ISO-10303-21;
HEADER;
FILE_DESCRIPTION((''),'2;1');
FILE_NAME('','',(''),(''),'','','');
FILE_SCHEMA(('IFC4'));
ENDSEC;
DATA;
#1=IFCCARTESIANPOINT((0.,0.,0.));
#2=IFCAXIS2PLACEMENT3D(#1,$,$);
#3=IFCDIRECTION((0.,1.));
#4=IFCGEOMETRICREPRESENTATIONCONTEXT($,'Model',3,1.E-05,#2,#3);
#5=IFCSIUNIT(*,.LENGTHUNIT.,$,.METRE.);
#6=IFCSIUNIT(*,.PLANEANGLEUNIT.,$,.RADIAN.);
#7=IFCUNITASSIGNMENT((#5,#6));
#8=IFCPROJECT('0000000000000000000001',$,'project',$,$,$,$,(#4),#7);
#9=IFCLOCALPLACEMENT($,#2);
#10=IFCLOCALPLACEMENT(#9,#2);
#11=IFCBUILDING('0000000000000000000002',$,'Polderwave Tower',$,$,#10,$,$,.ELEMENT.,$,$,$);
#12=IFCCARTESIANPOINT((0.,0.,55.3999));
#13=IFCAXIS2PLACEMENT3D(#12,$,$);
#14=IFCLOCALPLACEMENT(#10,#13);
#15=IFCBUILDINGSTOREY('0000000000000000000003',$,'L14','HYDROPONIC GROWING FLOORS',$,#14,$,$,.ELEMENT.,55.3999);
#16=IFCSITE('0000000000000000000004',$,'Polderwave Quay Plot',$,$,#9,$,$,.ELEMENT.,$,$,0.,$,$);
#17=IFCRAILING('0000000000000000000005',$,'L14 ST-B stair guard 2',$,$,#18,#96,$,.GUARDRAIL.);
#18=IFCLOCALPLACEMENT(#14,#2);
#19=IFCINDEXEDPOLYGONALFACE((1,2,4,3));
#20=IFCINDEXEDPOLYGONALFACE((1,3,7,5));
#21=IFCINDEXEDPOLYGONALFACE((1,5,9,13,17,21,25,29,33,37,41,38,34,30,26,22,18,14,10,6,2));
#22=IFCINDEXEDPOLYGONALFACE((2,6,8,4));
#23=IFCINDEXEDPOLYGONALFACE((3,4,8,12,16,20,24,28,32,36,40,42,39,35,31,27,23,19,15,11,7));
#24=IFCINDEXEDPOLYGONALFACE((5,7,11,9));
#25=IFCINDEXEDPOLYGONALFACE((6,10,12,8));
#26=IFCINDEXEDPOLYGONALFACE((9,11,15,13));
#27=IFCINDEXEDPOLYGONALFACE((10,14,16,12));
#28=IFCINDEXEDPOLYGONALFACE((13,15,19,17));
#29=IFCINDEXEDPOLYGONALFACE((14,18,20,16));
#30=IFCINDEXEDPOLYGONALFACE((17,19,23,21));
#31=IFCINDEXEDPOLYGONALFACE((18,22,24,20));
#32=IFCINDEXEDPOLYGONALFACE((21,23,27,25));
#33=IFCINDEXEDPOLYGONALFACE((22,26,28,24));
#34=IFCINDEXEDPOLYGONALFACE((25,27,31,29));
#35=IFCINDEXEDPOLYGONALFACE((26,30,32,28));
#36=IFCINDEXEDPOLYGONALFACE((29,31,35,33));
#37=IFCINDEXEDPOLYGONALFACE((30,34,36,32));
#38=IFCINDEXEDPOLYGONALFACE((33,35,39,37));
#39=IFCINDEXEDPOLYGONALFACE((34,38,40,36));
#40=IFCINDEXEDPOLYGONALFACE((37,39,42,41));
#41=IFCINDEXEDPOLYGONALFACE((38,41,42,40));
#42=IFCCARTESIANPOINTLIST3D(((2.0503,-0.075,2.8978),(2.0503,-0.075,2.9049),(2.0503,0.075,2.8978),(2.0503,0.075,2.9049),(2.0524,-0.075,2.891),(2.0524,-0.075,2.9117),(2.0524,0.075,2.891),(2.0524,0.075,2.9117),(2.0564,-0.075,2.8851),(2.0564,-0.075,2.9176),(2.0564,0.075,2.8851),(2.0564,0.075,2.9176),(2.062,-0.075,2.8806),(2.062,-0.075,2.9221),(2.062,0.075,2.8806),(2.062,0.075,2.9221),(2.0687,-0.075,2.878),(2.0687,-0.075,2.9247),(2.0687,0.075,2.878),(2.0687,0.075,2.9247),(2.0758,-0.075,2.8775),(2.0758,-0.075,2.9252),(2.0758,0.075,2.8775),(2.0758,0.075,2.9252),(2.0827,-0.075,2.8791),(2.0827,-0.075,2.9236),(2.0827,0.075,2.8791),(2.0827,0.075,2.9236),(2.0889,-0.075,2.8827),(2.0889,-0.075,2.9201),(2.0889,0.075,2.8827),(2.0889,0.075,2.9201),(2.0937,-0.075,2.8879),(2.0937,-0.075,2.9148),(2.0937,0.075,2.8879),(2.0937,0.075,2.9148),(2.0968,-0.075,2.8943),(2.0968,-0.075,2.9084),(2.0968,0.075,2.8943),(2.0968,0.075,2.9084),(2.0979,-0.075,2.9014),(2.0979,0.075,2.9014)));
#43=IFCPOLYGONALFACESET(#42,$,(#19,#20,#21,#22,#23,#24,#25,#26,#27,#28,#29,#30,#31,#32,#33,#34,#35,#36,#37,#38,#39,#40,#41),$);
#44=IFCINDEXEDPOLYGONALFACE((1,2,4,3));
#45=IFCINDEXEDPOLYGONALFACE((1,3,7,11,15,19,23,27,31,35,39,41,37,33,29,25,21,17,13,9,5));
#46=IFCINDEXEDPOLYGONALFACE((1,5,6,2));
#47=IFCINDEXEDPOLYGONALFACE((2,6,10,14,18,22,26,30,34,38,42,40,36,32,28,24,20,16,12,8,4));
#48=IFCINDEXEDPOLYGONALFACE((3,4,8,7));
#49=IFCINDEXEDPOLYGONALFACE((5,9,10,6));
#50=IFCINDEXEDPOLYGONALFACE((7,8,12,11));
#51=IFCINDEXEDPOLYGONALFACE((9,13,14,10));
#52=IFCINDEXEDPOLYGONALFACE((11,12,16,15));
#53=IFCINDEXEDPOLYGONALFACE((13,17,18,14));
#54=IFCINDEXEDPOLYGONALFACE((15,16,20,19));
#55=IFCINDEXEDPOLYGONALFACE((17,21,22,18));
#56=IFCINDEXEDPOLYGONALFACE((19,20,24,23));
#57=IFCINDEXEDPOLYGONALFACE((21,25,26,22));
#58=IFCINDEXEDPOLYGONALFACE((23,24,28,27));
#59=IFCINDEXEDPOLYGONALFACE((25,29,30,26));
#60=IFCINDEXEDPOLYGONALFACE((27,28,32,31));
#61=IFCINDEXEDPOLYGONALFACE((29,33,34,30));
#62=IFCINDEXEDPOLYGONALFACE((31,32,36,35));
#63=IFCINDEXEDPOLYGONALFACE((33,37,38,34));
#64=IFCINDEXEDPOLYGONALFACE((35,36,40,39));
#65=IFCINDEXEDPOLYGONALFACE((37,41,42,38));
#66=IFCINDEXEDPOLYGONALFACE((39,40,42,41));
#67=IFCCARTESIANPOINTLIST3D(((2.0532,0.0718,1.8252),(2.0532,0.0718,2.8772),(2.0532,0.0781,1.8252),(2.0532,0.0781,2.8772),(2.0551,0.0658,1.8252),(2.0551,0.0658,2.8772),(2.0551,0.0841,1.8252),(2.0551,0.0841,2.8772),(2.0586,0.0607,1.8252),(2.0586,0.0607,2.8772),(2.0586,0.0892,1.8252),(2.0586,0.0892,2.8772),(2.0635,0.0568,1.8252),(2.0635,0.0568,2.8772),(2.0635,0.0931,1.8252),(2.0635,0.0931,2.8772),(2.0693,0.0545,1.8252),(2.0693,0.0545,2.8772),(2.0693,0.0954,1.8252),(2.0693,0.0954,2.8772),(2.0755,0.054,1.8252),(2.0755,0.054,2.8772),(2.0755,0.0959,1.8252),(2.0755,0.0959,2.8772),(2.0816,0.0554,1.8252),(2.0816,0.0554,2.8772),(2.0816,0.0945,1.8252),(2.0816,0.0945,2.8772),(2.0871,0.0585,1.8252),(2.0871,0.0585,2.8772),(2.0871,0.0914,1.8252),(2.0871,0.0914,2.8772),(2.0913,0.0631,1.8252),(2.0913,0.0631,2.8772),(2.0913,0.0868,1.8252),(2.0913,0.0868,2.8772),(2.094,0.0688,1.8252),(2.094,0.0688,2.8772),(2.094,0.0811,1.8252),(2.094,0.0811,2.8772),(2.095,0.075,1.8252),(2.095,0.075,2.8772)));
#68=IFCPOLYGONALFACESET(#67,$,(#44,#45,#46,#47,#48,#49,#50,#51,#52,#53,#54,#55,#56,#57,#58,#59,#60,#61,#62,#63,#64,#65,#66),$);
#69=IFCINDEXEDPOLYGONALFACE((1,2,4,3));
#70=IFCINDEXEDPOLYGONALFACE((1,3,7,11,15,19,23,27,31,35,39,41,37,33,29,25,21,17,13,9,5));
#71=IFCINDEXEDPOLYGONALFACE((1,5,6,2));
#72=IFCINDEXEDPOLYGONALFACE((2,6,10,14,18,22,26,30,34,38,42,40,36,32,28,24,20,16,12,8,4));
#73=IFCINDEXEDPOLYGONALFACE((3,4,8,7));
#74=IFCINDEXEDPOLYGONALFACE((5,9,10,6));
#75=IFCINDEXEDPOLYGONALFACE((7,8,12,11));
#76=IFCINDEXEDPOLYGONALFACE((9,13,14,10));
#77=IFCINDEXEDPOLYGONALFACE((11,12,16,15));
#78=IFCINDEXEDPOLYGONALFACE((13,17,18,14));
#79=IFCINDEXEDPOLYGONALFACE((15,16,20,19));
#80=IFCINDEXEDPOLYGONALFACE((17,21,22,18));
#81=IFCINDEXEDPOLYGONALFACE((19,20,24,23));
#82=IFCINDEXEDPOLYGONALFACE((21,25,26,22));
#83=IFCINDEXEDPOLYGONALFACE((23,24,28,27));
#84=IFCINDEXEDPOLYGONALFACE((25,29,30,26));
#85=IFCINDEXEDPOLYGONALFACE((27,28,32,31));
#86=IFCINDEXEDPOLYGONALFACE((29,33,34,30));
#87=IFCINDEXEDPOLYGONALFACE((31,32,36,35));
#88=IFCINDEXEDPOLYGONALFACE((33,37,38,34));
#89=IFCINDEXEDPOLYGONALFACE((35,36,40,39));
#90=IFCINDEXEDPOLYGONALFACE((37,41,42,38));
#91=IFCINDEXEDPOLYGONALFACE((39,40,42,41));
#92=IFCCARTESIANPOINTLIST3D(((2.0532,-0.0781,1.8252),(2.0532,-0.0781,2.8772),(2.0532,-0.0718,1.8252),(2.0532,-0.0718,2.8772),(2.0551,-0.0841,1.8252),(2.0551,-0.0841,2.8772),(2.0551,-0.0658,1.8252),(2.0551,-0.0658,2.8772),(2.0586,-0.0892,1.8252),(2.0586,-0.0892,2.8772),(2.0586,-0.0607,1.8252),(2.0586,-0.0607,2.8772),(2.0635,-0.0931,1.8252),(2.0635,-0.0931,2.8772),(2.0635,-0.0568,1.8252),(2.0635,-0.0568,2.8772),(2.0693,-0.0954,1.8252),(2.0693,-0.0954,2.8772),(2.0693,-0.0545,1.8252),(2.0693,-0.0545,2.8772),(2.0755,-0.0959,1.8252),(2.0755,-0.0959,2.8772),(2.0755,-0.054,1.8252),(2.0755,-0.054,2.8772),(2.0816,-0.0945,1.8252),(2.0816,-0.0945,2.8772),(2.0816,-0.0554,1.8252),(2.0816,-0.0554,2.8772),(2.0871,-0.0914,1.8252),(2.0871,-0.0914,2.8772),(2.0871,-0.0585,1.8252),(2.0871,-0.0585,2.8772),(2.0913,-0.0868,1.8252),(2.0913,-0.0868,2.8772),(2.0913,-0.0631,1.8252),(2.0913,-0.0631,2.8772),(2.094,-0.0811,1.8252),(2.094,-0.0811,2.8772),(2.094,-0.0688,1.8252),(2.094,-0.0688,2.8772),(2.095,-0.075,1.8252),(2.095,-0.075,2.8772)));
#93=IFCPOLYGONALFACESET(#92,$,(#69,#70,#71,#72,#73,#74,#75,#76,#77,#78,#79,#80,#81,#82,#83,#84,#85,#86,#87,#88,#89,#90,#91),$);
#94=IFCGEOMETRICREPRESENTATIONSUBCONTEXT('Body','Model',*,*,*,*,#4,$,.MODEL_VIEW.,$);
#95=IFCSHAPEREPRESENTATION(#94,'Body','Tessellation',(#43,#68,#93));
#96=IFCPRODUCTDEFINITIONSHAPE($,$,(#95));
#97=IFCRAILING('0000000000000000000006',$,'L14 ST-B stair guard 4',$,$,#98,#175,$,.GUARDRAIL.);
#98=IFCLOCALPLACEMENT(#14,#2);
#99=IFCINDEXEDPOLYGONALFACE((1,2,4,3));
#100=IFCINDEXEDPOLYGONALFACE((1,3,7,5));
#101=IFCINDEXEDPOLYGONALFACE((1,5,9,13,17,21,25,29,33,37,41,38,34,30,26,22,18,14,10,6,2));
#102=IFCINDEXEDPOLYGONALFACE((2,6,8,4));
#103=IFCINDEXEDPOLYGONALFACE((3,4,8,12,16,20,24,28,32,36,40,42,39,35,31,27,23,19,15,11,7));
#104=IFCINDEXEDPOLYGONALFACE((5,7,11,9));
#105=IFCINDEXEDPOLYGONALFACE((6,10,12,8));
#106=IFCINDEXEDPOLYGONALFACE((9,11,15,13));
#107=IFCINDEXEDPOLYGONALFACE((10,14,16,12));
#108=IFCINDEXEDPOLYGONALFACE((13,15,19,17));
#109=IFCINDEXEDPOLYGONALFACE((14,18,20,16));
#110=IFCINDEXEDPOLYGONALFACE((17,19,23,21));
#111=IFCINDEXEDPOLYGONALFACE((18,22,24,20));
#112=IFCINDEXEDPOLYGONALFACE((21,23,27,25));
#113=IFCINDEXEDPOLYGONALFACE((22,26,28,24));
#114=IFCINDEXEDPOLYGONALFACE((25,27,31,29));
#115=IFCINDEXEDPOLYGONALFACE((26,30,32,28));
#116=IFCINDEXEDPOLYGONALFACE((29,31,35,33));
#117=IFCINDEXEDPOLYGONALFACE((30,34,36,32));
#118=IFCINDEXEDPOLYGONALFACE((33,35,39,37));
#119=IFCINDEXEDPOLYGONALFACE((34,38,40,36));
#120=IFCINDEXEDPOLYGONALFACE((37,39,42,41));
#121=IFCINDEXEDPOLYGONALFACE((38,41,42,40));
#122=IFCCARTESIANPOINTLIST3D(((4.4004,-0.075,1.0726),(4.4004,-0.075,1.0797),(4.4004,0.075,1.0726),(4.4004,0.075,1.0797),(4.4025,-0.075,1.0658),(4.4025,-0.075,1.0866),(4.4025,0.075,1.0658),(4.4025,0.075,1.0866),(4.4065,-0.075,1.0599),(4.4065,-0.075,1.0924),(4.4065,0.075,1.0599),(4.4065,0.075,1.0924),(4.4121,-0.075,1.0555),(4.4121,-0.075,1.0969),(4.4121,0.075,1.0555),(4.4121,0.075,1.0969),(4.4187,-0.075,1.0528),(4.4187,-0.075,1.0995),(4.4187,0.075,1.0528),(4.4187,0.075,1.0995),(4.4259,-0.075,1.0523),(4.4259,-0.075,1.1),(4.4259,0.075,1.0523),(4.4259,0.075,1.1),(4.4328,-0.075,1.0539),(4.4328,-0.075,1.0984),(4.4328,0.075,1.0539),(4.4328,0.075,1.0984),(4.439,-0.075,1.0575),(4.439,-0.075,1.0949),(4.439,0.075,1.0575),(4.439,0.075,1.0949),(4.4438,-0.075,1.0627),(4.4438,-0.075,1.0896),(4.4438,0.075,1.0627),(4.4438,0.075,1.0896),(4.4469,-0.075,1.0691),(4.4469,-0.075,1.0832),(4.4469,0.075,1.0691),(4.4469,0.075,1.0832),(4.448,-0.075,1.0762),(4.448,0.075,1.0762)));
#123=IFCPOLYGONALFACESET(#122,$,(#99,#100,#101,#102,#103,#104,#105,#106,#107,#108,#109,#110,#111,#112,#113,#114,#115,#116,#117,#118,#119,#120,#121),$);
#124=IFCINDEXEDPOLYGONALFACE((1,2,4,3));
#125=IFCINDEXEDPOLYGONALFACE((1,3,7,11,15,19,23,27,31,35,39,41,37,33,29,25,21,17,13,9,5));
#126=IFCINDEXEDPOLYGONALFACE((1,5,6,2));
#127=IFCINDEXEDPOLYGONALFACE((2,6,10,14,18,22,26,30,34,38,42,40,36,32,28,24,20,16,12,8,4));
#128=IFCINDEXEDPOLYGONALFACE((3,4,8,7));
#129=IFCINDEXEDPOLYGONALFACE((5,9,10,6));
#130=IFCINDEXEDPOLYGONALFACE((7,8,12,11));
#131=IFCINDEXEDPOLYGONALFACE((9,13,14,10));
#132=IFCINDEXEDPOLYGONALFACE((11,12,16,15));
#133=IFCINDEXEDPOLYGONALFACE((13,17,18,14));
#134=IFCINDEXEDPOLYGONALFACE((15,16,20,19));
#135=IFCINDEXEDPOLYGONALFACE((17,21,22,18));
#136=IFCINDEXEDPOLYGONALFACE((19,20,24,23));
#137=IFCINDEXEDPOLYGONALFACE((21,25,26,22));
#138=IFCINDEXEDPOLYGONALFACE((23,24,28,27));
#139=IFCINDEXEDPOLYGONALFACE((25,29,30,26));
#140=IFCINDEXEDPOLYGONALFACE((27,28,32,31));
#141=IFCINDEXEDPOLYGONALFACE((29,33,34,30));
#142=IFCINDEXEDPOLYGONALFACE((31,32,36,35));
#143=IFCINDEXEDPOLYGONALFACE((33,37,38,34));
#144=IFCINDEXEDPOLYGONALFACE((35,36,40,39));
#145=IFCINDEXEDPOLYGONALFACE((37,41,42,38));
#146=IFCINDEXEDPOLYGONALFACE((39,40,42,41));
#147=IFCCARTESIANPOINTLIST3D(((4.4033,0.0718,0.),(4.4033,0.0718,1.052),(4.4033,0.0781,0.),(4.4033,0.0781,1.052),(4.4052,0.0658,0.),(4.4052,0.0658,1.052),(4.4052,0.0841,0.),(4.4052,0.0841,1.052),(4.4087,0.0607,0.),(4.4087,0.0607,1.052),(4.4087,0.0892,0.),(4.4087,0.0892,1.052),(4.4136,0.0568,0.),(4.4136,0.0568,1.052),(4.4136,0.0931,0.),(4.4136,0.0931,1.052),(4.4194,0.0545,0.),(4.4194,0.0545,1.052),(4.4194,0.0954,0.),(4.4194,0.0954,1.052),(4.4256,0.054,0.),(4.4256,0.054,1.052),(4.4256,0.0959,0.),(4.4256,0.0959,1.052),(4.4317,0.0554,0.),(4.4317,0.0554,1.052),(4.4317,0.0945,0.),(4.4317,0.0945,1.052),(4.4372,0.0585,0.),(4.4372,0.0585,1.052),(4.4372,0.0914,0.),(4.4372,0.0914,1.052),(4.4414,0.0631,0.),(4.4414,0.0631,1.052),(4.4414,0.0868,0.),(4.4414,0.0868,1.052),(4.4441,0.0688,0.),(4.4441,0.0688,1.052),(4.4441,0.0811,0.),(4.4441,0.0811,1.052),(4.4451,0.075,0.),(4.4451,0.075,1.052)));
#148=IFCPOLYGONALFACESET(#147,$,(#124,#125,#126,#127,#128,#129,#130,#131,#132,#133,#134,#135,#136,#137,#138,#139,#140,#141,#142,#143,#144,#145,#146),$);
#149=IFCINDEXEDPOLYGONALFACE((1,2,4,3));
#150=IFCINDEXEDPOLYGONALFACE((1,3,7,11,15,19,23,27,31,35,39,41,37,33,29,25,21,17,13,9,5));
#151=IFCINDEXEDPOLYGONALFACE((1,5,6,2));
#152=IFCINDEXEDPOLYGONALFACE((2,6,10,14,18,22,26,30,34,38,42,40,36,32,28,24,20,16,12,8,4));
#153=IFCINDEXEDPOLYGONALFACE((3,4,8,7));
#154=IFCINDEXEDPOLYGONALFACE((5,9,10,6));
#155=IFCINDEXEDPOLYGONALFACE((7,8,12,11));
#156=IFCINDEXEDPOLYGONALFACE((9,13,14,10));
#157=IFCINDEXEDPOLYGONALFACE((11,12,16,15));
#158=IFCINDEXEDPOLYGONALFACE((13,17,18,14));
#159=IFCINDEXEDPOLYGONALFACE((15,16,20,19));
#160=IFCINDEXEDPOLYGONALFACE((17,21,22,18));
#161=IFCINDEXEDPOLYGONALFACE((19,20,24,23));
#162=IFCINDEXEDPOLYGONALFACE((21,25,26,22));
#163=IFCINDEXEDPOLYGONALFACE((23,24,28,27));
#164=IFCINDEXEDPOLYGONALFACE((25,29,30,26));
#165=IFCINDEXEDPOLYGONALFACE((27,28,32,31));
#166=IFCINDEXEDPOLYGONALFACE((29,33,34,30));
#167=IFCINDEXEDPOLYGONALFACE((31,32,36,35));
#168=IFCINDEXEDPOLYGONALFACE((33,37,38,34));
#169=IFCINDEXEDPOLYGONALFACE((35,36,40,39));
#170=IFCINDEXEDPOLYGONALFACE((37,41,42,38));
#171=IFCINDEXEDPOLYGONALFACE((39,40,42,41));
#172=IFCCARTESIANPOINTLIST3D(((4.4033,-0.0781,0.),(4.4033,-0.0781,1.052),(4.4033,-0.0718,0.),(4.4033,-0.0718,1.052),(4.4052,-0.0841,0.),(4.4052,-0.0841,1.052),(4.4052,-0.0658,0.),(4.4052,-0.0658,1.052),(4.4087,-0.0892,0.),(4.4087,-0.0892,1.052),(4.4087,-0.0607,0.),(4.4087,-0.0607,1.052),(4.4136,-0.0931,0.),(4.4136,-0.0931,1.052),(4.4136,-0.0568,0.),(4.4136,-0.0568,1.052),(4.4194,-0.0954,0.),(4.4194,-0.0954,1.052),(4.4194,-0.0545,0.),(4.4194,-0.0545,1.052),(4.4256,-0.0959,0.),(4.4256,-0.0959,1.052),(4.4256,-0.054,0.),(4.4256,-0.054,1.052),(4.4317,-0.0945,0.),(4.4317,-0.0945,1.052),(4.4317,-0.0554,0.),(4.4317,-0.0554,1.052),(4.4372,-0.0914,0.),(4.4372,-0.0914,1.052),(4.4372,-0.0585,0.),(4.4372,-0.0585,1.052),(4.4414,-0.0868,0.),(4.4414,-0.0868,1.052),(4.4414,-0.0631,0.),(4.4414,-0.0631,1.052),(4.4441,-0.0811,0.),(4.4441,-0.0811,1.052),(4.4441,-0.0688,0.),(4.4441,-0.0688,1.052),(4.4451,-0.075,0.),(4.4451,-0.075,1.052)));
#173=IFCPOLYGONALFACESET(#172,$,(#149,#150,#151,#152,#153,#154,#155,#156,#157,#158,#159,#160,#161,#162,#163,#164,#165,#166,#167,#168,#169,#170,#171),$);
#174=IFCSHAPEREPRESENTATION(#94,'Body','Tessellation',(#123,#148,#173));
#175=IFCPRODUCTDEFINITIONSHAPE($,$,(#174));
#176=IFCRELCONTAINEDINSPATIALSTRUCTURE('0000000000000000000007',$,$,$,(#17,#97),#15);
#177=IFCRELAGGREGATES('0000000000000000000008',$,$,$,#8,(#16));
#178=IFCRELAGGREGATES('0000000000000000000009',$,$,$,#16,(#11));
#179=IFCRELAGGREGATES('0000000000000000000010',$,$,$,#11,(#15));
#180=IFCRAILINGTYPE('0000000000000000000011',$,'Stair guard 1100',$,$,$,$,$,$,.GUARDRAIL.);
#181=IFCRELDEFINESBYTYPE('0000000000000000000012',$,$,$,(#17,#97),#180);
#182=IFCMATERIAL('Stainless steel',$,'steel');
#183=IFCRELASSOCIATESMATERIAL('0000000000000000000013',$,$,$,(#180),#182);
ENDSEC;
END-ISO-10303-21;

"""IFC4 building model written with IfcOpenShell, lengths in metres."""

from ifc_helpers import new_model, si_unit, direction, frame, origin, origin_2d, place, context, subcontext, project, spatial, circle, extrude, material, type_object, element, save


model = new_model("IFC4")

# Units and contexts
model_context = context("Model", 3, precision=1e-05, world=origin(), true_north=direction((0.0, 1.0)))
body_context = subcontext(model_context, "Body", "Model", "MODEL_VIEW")
ifc_project = project(units=[si_unit("LENGTHUNIT", "METRE"), si_unit("PLANEANGLEUNIT", "RADIAN")], contexts=[model_context])

# Site, building, storey
site_placement = place(None, origin())
site = spatial("IfcSite", under=ifc_project, at=site_placement, Name="Polderwave Quay Plot", CompositionType="ELEMENT", RefElevation=0.0)
building_placement = place(site_placement, origin())
building = spatial("IfcBuilding", under=site, at=building_placement, Name="Polderwave Tower", CompositionType="ELEMENT")
storey_placement = place(building_placement, frame((0.0, 0.0, 55.3999)))
storey = spatial("IfcBuildingStorey", under=building, at=storey_placement, Name="L14", Description="HYDROPONIC GROWING FLOORS", CompositionType="ELEMENT", Elevation=55.3999)

# Railings
ifc_material_1 = material(Name="Stainless steel", Category="steel")
railing_type_1 = type_object("IfcRailingType", Name="Stair guard 1100", PredefinedType="GUARDRAIL", material=ifc_material_1)
for number, where, name in (
    (1, (2.074, 0.075, 1.8252), "L14 ST-B stair guard 2"),
    (2, (4.4241, 0.075, 0.0), "L14 ST-B stair guard 4"),
):
    element("IfcRailing", number, at=place(storey_placement, frame(where)), inside=storey, type_object=railing_type_1, Name=name, PredefinedType="GUARDRAIL", context=body_context, shape_type="SweptSolid", body=[
        extrude(circle(Radius=0.0239, at=origin_2d()), frame((0.0, 0.0, 1.0762), z_axis=(0.0, -1.0, 0.0), x_axis=(1.0, 0.0, 0.0)), (0.0, 0.0, 1.0), 0.1499),
        extrude(circle(Radius=0.021, at=origin_2d()), origin(), (0.0, 0.0, 1.0), 1.052),
        extrude(circle(Radius=0.021, at=origin_2d()), frame((0.0, -0.1499, 0.0)), (0.0, 0.0, 1.0), 1.052),
    ])

save(model, "model.ifc")
